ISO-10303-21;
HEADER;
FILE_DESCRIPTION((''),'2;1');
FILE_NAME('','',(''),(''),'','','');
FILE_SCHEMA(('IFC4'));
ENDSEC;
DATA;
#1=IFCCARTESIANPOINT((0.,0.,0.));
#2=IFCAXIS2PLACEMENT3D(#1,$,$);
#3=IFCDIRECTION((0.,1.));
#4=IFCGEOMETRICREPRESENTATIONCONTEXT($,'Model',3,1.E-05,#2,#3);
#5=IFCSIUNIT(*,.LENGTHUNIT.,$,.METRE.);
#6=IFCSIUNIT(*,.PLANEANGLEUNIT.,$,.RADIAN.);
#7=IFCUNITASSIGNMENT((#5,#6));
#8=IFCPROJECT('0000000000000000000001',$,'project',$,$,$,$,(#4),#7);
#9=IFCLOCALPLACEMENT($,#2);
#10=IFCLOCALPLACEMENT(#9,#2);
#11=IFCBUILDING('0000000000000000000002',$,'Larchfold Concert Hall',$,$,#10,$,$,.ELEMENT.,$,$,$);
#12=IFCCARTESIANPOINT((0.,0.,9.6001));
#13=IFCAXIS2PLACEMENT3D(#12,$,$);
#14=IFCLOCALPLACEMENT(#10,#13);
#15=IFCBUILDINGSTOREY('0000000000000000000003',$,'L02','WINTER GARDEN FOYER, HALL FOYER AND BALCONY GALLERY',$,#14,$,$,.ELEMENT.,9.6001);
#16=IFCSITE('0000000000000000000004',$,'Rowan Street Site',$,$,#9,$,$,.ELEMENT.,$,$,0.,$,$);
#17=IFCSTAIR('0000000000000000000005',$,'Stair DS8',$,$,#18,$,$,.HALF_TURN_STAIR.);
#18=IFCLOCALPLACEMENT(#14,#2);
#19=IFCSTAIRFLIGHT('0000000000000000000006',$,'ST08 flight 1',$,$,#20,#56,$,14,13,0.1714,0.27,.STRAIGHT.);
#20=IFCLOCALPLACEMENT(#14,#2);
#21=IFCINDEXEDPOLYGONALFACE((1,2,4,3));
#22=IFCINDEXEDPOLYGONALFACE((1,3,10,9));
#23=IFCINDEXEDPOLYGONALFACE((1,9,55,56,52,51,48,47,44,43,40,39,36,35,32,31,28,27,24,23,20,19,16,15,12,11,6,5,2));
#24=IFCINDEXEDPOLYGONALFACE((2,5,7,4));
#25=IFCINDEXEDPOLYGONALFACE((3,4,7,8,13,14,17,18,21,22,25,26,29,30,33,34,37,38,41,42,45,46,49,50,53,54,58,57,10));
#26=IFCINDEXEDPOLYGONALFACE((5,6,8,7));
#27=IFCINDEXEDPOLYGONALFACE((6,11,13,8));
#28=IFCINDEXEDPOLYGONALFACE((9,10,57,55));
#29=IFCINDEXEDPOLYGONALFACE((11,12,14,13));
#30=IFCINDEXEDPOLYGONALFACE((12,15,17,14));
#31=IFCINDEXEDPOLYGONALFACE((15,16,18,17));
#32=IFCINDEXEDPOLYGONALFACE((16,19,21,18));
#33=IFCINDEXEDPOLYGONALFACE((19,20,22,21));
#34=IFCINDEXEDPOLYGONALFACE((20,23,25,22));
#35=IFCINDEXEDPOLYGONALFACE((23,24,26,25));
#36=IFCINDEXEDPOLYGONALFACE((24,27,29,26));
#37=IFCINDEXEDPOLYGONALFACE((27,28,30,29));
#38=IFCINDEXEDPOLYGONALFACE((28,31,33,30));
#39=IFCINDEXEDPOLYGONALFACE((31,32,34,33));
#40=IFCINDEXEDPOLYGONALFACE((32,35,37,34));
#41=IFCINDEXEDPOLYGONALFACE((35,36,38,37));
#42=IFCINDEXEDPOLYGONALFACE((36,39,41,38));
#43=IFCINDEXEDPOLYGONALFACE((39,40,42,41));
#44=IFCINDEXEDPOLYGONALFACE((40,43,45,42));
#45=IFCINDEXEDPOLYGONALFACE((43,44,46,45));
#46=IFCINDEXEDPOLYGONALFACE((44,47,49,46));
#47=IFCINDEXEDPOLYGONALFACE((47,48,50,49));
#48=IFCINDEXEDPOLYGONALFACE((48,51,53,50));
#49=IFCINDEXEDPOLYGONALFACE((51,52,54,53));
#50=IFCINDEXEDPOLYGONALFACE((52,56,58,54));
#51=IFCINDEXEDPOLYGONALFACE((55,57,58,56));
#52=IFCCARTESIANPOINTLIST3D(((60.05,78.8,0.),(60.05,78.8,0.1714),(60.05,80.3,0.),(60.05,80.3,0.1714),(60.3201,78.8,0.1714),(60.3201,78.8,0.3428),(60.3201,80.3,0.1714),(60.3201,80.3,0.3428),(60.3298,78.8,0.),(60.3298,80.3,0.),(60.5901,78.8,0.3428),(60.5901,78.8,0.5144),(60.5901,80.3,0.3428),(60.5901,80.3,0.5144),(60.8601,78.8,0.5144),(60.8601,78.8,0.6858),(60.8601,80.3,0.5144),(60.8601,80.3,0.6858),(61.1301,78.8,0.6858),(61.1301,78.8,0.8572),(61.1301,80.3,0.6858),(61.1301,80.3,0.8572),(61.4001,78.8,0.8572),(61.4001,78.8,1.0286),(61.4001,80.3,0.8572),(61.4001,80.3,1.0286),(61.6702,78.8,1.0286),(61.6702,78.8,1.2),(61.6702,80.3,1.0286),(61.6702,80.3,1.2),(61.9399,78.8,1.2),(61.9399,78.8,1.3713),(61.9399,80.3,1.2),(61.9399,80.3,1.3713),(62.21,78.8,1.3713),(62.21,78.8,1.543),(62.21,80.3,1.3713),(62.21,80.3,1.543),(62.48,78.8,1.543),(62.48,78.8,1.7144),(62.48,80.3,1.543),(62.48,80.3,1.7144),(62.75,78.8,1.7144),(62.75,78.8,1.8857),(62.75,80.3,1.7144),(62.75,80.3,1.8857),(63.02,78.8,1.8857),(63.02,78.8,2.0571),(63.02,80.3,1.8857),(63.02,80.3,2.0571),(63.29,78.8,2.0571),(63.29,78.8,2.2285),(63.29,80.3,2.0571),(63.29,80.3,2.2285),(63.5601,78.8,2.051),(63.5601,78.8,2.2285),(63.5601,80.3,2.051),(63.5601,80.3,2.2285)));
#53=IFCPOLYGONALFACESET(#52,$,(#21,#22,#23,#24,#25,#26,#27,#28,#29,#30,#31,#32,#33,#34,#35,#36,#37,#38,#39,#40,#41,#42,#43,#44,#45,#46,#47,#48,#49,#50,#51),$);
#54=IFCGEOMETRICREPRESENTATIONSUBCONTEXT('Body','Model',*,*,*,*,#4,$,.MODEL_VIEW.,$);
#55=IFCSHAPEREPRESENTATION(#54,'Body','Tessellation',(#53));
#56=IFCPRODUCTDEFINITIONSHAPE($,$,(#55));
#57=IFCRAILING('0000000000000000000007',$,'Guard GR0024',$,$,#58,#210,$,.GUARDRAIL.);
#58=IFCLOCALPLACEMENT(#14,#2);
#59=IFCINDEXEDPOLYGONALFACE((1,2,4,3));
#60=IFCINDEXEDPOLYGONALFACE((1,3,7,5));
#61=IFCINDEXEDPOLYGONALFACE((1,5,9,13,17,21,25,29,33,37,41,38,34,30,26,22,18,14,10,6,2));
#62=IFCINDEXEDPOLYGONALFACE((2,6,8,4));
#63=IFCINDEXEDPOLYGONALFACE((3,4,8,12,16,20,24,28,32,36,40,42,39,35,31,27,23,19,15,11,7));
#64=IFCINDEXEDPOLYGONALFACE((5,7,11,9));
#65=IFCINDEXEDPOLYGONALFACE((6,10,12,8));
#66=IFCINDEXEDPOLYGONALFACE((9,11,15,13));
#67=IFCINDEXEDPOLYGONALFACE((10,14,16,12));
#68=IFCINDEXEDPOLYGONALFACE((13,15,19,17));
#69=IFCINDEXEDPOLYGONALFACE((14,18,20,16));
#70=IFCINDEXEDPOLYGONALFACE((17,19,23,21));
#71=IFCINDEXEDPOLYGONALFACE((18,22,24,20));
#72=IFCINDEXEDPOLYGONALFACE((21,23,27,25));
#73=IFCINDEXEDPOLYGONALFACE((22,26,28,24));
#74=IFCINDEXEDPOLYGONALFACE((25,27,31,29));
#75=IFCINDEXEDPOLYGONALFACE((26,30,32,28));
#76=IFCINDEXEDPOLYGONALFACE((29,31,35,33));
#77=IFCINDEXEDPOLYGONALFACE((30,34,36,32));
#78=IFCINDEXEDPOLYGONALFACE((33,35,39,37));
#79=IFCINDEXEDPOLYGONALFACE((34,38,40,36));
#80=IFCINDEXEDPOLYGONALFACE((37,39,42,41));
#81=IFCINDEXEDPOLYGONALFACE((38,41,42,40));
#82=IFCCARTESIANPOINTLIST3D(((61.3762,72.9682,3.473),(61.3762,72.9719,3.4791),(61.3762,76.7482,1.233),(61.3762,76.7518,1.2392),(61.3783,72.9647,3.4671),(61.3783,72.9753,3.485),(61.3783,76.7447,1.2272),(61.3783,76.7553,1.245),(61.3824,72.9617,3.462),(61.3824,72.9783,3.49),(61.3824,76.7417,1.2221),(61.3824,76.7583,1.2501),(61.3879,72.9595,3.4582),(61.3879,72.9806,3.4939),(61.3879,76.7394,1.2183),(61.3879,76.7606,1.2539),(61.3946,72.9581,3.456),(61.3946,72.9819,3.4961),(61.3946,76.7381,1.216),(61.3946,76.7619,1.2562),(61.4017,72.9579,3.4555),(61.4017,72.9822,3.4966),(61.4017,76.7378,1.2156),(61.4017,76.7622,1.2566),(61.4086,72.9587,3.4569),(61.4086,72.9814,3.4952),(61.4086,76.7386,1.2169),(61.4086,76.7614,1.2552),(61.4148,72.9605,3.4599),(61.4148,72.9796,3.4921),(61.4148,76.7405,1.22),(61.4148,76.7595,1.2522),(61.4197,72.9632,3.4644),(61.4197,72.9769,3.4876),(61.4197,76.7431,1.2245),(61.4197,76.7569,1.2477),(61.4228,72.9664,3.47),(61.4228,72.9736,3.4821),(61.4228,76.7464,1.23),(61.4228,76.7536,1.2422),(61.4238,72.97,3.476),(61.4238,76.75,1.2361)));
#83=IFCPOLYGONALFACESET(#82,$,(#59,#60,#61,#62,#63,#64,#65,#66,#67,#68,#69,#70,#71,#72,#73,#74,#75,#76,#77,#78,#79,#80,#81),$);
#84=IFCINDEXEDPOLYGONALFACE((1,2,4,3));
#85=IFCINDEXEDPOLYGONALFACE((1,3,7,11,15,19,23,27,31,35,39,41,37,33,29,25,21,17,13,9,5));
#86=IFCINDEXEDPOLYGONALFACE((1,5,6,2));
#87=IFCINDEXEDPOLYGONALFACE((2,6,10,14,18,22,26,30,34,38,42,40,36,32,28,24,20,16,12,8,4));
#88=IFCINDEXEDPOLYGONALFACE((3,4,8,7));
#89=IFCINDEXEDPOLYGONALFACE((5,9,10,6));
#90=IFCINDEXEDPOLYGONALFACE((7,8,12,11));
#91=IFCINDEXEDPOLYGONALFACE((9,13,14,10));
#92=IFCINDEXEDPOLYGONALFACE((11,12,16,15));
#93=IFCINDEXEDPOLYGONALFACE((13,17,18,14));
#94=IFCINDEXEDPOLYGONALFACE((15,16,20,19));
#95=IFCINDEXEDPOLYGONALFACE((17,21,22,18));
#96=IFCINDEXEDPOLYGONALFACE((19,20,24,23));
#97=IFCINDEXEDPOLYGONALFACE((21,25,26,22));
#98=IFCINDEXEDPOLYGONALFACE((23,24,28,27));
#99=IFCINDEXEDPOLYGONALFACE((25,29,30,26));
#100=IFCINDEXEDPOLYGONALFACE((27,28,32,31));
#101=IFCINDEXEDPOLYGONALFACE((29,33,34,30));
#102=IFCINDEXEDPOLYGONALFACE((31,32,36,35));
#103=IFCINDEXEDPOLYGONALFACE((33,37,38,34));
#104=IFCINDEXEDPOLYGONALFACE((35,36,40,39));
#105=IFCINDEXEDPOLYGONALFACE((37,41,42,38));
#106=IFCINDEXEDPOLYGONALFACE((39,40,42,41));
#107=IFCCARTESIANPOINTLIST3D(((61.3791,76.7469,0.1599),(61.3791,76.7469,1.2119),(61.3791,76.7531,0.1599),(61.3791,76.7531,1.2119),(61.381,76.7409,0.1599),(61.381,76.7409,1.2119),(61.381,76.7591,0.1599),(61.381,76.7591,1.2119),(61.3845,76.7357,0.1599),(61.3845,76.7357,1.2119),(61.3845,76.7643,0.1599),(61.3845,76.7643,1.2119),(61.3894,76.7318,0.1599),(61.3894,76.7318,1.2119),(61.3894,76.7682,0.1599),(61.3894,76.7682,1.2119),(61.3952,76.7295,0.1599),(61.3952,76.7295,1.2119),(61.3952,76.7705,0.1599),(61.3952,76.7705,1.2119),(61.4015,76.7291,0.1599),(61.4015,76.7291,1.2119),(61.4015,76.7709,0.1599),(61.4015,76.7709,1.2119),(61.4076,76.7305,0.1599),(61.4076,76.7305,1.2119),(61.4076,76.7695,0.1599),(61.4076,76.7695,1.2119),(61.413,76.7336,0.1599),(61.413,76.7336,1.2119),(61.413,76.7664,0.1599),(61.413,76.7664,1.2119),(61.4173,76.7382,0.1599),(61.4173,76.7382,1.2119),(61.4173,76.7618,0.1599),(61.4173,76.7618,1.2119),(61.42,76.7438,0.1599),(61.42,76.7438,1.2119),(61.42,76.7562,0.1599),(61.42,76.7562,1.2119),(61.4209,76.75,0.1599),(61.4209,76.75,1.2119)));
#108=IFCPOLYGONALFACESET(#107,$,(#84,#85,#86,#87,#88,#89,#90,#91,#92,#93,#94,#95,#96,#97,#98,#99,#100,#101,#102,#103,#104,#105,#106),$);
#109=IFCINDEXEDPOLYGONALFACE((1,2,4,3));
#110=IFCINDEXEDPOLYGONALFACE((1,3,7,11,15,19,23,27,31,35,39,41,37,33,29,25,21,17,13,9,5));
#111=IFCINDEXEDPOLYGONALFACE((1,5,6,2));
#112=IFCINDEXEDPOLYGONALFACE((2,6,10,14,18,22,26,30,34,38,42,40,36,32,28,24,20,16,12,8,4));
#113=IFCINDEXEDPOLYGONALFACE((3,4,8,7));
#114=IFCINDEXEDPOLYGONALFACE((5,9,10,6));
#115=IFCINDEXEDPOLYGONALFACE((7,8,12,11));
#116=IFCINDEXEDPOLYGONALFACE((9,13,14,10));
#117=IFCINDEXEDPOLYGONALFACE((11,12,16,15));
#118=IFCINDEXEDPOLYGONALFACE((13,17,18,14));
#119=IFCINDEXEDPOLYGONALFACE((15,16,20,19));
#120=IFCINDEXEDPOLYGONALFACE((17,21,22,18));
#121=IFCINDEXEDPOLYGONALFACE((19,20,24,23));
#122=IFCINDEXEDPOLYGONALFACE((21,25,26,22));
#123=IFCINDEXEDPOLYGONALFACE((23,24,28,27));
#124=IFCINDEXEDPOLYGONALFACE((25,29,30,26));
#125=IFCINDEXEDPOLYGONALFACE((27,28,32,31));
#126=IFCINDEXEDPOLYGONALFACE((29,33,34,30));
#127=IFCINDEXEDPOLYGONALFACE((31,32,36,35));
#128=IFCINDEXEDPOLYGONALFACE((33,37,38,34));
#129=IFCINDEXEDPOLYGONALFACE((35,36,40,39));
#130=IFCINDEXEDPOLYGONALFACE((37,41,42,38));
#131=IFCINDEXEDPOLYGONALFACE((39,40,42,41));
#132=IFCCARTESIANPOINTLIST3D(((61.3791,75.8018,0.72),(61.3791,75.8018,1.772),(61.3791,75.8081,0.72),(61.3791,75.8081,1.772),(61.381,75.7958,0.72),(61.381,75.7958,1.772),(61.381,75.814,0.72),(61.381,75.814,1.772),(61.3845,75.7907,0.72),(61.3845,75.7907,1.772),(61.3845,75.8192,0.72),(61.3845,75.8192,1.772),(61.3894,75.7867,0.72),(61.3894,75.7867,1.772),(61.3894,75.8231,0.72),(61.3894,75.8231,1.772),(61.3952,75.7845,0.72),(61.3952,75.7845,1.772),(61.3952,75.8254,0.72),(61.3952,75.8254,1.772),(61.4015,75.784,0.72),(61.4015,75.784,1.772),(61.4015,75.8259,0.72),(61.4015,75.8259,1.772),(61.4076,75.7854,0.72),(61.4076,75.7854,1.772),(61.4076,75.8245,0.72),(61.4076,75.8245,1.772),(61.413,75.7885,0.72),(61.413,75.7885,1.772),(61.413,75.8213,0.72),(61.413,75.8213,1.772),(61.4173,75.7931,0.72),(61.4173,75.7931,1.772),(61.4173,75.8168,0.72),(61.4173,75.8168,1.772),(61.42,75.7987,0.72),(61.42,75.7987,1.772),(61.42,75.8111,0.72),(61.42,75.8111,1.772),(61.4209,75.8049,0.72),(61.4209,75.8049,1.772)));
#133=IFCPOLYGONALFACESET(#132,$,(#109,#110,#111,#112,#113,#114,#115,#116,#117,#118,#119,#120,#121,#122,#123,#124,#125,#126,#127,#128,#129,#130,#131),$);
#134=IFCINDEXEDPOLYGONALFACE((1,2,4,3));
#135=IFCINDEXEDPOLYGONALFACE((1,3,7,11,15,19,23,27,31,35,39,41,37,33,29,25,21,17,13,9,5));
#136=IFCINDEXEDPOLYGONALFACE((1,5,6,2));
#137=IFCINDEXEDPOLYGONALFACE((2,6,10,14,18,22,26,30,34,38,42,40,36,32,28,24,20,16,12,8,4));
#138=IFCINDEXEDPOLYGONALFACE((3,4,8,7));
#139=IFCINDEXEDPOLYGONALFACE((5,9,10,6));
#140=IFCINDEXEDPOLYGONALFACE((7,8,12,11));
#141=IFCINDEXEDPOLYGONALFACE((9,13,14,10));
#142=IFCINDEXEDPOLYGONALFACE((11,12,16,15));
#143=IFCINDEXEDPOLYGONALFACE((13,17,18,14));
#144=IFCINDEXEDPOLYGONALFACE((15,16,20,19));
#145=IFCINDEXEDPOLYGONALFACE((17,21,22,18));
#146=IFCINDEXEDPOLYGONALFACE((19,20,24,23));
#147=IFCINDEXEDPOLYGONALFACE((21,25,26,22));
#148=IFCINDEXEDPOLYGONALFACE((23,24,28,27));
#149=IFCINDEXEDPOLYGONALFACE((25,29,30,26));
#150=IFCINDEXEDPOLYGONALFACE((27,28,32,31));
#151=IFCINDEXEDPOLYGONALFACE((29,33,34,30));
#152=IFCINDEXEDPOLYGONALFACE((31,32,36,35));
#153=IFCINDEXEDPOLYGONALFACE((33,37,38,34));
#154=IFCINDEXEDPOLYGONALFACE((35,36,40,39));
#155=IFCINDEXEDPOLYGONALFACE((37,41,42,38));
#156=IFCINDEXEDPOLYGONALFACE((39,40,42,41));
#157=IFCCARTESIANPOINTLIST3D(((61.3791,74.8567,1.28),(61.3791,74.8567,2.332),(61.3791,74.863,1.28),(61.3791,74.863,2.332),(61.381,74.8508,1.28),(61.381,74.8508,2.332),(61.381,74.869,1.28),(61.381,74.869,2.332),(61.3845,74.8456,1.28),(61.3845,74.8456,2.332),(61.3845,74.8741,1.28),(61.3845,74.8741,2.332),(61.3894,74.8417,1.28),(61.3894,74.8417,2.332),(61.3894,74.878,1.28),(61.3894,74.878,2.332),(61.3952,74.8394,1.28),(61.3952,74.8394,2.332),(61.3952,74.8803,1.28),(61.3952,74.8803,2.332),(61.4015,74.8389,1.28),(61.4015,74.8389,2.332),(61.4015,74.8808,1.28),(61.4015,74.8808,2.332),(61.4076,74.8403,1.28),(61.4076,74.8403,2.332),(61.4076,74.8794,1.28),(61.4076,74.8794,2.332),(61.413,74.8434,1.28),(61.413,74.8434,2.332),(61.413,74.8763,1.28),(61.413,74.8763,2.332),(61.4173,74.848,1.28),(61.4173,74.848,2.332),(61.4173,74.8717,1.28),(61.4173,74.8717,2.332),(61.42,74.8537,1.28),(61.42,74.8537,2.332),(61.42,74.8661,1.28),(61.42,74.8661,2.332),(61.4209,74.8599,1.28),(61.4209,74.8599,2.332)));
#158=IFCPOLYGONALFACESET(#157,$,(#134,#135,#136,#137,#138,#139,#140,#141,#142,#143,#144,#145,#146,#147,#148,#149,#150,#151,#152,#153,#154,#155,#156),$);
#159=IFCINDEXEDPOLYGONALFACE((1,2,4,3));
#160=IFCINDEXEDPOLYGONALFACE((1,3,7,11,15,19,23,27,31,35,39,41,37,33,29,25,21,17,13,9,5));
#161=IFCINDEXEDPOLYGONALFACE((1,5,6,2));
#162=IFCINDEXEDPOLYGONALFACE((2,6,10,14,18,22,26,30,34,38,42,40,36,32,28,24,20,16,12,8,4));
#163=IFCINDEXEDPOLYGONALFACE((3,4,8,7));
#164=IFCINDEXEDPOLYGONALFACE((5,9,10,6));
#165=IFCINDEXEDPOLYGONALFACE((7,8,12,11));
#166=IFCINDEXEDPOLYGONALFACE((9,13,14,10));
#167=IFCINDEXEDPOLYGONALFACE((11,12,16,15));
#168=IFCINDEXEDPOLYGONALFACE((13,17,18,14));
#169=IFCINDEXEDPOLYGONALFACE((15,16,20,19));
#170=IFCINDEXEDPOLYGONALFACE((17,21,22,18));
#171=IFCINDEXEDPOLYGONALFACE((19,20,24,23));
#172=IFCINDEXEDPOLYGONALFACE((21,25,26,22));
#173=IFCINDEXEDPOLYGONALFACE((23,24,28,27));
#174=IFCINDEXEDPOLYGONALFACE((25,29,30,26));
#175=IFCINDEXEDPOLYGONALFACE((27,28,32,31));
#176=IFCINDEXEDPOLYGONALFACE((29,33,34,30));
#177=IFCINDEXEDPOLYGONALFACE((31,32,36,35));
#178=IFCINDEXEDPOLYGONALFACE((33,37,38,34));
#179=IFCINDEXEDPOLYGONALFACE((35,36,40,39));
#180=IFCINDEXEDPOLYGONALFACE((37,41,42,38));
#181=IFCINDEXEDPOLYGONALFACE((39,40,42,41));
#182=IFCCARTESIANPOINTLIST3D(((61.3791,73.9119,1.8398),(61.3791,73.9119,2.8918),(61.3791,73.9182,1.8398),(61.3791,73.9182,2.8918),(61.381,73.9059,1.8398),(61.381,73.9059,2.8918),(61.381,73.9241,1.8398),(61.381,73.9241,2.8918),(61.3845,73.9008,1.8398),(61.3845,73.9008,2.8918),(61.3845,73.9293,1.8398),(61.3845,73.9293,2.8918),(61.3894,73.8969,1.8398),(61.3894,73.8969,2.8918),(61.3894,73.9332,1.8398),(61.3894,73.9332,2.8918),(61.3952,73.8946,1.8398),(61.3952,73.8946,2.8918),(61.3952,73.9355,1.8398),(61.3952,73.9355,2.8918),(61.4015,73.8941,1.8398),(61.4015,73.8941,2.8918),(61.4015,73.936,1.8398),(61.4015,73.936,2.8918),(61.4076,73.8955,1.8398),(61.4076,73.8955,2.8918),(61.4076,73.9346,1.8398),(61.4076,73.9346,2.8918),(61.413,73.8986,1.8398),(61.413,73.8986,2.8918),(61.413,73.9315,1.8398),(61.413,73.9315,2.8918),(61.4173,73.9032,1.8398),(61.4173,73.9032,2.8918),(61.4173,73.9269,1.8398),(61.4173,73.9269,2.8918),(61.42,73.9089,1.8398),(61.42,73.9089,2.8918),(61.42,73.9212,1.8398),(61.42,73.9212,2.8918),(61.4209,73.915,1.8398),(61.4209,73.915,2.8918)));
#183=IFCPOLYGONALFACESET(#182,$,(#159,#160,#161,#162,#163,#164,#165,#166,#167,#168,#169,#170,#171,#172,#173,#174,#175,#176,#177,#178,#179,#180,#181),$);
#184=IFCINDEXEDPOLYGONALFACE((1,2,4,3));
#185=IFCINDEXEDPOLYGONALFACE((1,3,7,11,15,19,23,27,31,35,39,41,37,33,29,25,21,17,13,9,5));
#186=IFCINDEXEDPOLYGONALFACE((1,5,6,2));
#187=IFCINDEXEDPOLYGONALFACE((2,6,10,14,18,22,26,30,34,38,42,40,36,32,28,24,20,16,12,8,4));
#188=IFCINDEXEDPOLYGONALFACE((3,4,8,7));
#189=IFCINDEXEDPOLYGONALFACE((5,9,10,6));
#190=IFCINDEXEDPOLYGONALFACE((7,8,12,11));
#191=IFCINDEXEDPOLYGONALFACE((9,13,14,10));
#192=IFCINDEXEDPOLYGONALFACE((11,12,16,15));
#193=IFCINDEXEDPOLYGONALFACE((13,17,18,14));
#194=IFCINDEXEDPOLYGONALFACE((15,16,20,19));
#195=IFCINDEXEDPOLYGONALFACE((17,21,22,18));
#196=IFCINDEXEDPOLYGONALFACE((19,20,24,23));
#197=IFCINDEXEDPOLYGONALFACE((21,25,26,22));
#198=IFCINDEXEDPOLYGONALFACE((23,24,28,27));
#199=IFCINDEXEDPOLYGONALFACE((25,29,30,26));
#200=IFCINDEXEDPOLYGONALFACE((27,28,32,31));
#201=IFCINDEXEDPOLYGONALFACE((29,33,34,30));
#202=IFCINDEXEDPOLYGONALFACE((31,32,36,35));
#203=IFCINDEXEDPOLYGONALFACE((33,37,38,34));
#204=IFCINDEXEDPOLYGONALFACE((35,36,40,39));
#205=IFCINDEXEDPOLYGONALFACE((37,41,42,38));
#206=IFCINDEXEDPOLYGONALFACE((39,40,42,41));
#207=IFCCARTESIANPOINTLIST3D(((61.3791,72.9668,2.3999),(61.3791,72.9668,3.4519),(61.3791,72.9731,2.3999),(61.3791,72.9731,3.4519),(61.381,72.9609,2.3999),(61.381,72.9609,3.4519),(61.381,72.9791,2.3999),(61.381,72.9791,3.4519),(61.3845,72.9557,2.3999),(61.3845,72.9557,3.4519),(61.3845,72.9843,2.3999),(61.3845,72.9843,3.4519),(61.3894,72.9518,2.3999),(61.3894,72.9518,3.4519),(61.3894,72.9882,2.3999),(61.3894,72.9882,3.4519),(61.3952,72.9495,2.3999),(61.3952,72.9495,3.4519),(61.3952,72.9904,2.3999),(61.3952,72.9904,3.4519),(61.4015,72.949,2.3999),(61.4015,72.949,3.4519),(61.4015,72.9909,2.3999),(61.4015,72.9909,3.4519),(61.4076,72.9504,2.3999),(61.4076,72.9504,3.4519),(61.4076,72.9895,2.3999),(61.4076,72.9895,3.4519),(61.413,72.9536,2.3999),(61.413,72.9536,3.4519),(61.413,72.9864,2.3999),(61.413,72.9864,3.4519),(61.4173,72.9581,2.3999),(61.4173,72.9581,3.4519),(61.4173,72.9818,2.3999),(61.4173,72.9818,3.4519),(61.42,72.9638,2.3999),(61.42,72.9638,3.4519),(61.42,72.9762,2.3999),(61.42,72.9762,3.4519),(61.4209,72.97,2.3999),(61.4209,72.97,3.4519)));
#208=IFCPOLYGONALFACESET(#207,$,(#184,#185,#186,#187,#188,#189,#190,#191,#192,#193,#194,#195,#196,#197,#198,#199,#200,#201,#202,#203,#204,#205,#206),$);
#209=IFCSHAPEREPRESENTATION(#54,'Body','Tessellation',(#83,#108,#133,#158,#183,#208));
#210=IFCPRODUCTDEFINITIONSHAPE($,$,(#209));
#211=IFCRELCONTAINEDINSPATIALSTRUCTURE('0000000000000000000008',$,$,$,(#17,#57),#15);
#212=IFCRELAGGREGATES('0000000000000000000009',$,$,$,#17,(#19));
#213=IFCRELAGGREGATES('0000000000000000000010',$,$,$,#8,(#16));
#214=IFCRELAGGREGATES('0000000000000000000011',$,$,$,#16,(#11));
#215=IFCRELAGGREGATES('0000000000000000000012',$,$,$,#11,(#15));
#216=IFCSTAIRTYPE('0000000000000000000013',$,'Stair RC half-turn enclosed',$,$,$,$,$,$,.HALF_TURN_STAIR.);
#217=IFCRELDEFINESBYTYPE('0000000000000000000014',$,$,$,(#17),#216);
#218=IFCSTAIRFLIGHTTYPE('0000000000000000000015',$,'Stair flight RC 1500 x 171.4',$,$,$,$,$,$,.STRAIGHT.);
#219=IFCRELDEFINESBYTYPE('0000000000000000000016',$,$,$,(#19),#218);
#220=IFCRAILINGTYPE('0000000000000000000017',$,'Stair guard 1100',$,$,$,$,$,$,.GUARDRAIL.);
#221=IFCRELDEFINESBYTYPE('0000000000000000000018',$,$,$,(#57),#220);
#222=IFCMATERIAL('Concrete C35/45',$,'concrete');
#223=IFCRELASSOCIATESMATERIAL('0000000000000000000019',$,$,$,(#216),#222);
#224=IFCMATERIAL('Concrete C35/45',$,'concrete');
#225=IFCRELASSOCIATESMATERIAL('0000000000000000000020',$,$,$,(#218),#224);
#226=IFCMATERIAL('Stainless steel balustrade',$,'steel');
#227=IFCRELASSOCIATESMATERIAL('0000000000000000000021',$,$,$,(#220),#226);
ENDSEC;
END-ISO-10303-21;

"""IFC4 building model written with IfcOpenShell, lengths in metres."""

from ifc_helpers import new_model, si_unit, direction, frame, origin, origin_2d, place, context, subcontext, project, spatial, polyline, circle, outline, extrude, material, type_object, element, aggregate, save


model = new_model("IFC4")

# Units and contexts
model_context = context("Model", 3, precision=1e-05, world=origin(), true_north=direction((0.0, 1.0)))
body_context = subcontext(model_context, "Body", "Model", "MODEL_VIEW")
ifc_project = project(units=[si_unit("LENGTHUNIT", "METRE"), si_unit("PLANEANGLEUNIT", "RADIAN")], contexts=[model_context])

# Site, building, storey
site_placement = place(None, origin())
site = spatial("IfcSite", under=ifc_project, at=site_placement, Name="Rowan Street Site", CompositionType="ELEMENT", RefElevation=0.0)
building_placement = place(site_placement, origin())
building = spatial("IfcBuilding", under=site, at=building_placement, Name="Larchfold Concert Hall", CompositionType="ELEMENT")
storey_placement = place(building_placement, frame((0.0, 0.0, 9.6001)))
storey = spatial("IfcBuildingStorey", under=building, at=storey_placement, Name="L02", Description="WINTER GARDEN FOYER, HALL FOYER AND BALCONY GALLERY", CompositionType="ELEMENT", Elevation=9.6001)

# Shared definitions
ifc_material_1 = material(Name="Concrete C35/45", Category="concrete")
stair_type = type_object("IfcStairType", Name="Stair RC half-turn enclosed", PredefinedType="HALF_TURN_STAIR", material=ifc_material_1)

# Stair, stair flight
stair_1_placement = place(storey_placement, origin())
stair_1 = element("IfcStair", 1, at=stair_1_placement, inside=storey, type_object=stair_type, Name="Stair DS8", PredefinedType="HALF_TURN_STAIR")
ifc_material_2 = material(Name="Concrete C35/45", Category="concrete")
stair_flight_type_1 = type_object("IfcStairFlightType", Name="Stair flight RC 1500 x 171.4", PredefinedType="STRAIGHT", material=ifc_material_2)
stair_flight_1_placement = place(storey_placement, frame((60.05, 79.55, 0.0), z_axis=(0.0, 0.0, 1.0), x_axis=(1.0, 0.0, 0.0)))
stair_flight_1 = element("IfcStairFlight", 2, at=stair_flight_1_placement, type_object=stair_flight_type_1, Name="ST08 flight 1", NumberOfRisers=14, NumberOfTreads=13, PredefinedType="STRAIGHT", RiserHeight=0.1714, TreadLength=0.27, context=body_context, shape_type="SweptSolid", body=[
    extrude(outline(polyline([(0.0, 0.0), (0.0, 0.1714), (0.27, 0.1714), (0.27, 0.3428), (0.54, 0.3428), (0.54, 0.5144), (0.8101, 0.5144), (0.8101, 0.6858), (1.0801, 0.6858), (1.0801, 0.8572), (1.3501, 0.8572), (1.3501, 1.0286), (1.6201, 1.0286), (1.6201, 1.2), (1.8899, 1.2), (1.8899, 1.3713), (2.1599, 1.3713), (2.1599, 1.543), (2.4299, 1.543), (2.4299, 1.7144), (2.7, 1.7144), (2.7, 1.8857), (2.97, 1.8857), (2.97, 2.0571), (3.24, 2.0571), (3.24, 2.2285), (3.51, 2.2285), (3.51, 2.3999), (3.51, 2.051), (0.2798, 0.0), (0.0, 0.0)])), frame((0.0, 0.75, 0.0), z_axis=(0.0, -1.0, 0.0), x_axis=(1.0, 0.0, 0.0)), (0.0, 0.0, 1.0), 1.5),
])
aggregate(stair_1, [stair_flight_1])

# Railing
ifc_material_3 = material(Name="Stainless steel balustrade", Category="steel")
railing_type_1 = type_object("IfcRailingType", Name="Stair guard 1100", PredefinedType="GUARDRAIL", material=ifc_material_3)
railing_1_placement = place(storey_placement, frame((61.3999, 76.75, 0.1599)))
element("IfcRailing", 3, at=railing_1_placement, inside=storey, type_object=railing_type_1, Name="Guard GR0024", PredefinedType="GUARDRAIL", context=body_context, shape_type="SweptSolid", body=[
    extrude(circle(Radius=0.0239, at=origin_2d()), frame((0.0, 0.0, 1.0762), z_axis=(0.0, -0.860294, 0.509798), x_axis=(1.0, 0.0, 0.0)), (0.0, 0.0, 1.0), 4.3938),
    extrude(circle(Radius=0.021, at=origin_2d()), origin(), (0.0, 0.0, 1.0), 1.052),
    extrude(circle(Radius=0.021, at=origin_2d()), frame((0.0, -0.9451, 0.5601)), (0.0, 0.0, 1.0), 1.052),
    extrude(circle(Radius=0.021, at=origin_2d()), frame((0.0, -1.8901, 1.1201)), (0.0, 0.0, 1.0), 1.052),
    extrude(circle(Radius=0.021, at=origin_2d()), frame((0.0, -2.835, 1.6799)), (0.0, 0.0, 1.0), 1.052),
    extrude(circle(Radius=0.021, at=origin_2d()), frame((0.0, -3.78, 2.24)), (0.0, 0.0, 1.0), 1.052),
])

save(model, "model.ifc")
